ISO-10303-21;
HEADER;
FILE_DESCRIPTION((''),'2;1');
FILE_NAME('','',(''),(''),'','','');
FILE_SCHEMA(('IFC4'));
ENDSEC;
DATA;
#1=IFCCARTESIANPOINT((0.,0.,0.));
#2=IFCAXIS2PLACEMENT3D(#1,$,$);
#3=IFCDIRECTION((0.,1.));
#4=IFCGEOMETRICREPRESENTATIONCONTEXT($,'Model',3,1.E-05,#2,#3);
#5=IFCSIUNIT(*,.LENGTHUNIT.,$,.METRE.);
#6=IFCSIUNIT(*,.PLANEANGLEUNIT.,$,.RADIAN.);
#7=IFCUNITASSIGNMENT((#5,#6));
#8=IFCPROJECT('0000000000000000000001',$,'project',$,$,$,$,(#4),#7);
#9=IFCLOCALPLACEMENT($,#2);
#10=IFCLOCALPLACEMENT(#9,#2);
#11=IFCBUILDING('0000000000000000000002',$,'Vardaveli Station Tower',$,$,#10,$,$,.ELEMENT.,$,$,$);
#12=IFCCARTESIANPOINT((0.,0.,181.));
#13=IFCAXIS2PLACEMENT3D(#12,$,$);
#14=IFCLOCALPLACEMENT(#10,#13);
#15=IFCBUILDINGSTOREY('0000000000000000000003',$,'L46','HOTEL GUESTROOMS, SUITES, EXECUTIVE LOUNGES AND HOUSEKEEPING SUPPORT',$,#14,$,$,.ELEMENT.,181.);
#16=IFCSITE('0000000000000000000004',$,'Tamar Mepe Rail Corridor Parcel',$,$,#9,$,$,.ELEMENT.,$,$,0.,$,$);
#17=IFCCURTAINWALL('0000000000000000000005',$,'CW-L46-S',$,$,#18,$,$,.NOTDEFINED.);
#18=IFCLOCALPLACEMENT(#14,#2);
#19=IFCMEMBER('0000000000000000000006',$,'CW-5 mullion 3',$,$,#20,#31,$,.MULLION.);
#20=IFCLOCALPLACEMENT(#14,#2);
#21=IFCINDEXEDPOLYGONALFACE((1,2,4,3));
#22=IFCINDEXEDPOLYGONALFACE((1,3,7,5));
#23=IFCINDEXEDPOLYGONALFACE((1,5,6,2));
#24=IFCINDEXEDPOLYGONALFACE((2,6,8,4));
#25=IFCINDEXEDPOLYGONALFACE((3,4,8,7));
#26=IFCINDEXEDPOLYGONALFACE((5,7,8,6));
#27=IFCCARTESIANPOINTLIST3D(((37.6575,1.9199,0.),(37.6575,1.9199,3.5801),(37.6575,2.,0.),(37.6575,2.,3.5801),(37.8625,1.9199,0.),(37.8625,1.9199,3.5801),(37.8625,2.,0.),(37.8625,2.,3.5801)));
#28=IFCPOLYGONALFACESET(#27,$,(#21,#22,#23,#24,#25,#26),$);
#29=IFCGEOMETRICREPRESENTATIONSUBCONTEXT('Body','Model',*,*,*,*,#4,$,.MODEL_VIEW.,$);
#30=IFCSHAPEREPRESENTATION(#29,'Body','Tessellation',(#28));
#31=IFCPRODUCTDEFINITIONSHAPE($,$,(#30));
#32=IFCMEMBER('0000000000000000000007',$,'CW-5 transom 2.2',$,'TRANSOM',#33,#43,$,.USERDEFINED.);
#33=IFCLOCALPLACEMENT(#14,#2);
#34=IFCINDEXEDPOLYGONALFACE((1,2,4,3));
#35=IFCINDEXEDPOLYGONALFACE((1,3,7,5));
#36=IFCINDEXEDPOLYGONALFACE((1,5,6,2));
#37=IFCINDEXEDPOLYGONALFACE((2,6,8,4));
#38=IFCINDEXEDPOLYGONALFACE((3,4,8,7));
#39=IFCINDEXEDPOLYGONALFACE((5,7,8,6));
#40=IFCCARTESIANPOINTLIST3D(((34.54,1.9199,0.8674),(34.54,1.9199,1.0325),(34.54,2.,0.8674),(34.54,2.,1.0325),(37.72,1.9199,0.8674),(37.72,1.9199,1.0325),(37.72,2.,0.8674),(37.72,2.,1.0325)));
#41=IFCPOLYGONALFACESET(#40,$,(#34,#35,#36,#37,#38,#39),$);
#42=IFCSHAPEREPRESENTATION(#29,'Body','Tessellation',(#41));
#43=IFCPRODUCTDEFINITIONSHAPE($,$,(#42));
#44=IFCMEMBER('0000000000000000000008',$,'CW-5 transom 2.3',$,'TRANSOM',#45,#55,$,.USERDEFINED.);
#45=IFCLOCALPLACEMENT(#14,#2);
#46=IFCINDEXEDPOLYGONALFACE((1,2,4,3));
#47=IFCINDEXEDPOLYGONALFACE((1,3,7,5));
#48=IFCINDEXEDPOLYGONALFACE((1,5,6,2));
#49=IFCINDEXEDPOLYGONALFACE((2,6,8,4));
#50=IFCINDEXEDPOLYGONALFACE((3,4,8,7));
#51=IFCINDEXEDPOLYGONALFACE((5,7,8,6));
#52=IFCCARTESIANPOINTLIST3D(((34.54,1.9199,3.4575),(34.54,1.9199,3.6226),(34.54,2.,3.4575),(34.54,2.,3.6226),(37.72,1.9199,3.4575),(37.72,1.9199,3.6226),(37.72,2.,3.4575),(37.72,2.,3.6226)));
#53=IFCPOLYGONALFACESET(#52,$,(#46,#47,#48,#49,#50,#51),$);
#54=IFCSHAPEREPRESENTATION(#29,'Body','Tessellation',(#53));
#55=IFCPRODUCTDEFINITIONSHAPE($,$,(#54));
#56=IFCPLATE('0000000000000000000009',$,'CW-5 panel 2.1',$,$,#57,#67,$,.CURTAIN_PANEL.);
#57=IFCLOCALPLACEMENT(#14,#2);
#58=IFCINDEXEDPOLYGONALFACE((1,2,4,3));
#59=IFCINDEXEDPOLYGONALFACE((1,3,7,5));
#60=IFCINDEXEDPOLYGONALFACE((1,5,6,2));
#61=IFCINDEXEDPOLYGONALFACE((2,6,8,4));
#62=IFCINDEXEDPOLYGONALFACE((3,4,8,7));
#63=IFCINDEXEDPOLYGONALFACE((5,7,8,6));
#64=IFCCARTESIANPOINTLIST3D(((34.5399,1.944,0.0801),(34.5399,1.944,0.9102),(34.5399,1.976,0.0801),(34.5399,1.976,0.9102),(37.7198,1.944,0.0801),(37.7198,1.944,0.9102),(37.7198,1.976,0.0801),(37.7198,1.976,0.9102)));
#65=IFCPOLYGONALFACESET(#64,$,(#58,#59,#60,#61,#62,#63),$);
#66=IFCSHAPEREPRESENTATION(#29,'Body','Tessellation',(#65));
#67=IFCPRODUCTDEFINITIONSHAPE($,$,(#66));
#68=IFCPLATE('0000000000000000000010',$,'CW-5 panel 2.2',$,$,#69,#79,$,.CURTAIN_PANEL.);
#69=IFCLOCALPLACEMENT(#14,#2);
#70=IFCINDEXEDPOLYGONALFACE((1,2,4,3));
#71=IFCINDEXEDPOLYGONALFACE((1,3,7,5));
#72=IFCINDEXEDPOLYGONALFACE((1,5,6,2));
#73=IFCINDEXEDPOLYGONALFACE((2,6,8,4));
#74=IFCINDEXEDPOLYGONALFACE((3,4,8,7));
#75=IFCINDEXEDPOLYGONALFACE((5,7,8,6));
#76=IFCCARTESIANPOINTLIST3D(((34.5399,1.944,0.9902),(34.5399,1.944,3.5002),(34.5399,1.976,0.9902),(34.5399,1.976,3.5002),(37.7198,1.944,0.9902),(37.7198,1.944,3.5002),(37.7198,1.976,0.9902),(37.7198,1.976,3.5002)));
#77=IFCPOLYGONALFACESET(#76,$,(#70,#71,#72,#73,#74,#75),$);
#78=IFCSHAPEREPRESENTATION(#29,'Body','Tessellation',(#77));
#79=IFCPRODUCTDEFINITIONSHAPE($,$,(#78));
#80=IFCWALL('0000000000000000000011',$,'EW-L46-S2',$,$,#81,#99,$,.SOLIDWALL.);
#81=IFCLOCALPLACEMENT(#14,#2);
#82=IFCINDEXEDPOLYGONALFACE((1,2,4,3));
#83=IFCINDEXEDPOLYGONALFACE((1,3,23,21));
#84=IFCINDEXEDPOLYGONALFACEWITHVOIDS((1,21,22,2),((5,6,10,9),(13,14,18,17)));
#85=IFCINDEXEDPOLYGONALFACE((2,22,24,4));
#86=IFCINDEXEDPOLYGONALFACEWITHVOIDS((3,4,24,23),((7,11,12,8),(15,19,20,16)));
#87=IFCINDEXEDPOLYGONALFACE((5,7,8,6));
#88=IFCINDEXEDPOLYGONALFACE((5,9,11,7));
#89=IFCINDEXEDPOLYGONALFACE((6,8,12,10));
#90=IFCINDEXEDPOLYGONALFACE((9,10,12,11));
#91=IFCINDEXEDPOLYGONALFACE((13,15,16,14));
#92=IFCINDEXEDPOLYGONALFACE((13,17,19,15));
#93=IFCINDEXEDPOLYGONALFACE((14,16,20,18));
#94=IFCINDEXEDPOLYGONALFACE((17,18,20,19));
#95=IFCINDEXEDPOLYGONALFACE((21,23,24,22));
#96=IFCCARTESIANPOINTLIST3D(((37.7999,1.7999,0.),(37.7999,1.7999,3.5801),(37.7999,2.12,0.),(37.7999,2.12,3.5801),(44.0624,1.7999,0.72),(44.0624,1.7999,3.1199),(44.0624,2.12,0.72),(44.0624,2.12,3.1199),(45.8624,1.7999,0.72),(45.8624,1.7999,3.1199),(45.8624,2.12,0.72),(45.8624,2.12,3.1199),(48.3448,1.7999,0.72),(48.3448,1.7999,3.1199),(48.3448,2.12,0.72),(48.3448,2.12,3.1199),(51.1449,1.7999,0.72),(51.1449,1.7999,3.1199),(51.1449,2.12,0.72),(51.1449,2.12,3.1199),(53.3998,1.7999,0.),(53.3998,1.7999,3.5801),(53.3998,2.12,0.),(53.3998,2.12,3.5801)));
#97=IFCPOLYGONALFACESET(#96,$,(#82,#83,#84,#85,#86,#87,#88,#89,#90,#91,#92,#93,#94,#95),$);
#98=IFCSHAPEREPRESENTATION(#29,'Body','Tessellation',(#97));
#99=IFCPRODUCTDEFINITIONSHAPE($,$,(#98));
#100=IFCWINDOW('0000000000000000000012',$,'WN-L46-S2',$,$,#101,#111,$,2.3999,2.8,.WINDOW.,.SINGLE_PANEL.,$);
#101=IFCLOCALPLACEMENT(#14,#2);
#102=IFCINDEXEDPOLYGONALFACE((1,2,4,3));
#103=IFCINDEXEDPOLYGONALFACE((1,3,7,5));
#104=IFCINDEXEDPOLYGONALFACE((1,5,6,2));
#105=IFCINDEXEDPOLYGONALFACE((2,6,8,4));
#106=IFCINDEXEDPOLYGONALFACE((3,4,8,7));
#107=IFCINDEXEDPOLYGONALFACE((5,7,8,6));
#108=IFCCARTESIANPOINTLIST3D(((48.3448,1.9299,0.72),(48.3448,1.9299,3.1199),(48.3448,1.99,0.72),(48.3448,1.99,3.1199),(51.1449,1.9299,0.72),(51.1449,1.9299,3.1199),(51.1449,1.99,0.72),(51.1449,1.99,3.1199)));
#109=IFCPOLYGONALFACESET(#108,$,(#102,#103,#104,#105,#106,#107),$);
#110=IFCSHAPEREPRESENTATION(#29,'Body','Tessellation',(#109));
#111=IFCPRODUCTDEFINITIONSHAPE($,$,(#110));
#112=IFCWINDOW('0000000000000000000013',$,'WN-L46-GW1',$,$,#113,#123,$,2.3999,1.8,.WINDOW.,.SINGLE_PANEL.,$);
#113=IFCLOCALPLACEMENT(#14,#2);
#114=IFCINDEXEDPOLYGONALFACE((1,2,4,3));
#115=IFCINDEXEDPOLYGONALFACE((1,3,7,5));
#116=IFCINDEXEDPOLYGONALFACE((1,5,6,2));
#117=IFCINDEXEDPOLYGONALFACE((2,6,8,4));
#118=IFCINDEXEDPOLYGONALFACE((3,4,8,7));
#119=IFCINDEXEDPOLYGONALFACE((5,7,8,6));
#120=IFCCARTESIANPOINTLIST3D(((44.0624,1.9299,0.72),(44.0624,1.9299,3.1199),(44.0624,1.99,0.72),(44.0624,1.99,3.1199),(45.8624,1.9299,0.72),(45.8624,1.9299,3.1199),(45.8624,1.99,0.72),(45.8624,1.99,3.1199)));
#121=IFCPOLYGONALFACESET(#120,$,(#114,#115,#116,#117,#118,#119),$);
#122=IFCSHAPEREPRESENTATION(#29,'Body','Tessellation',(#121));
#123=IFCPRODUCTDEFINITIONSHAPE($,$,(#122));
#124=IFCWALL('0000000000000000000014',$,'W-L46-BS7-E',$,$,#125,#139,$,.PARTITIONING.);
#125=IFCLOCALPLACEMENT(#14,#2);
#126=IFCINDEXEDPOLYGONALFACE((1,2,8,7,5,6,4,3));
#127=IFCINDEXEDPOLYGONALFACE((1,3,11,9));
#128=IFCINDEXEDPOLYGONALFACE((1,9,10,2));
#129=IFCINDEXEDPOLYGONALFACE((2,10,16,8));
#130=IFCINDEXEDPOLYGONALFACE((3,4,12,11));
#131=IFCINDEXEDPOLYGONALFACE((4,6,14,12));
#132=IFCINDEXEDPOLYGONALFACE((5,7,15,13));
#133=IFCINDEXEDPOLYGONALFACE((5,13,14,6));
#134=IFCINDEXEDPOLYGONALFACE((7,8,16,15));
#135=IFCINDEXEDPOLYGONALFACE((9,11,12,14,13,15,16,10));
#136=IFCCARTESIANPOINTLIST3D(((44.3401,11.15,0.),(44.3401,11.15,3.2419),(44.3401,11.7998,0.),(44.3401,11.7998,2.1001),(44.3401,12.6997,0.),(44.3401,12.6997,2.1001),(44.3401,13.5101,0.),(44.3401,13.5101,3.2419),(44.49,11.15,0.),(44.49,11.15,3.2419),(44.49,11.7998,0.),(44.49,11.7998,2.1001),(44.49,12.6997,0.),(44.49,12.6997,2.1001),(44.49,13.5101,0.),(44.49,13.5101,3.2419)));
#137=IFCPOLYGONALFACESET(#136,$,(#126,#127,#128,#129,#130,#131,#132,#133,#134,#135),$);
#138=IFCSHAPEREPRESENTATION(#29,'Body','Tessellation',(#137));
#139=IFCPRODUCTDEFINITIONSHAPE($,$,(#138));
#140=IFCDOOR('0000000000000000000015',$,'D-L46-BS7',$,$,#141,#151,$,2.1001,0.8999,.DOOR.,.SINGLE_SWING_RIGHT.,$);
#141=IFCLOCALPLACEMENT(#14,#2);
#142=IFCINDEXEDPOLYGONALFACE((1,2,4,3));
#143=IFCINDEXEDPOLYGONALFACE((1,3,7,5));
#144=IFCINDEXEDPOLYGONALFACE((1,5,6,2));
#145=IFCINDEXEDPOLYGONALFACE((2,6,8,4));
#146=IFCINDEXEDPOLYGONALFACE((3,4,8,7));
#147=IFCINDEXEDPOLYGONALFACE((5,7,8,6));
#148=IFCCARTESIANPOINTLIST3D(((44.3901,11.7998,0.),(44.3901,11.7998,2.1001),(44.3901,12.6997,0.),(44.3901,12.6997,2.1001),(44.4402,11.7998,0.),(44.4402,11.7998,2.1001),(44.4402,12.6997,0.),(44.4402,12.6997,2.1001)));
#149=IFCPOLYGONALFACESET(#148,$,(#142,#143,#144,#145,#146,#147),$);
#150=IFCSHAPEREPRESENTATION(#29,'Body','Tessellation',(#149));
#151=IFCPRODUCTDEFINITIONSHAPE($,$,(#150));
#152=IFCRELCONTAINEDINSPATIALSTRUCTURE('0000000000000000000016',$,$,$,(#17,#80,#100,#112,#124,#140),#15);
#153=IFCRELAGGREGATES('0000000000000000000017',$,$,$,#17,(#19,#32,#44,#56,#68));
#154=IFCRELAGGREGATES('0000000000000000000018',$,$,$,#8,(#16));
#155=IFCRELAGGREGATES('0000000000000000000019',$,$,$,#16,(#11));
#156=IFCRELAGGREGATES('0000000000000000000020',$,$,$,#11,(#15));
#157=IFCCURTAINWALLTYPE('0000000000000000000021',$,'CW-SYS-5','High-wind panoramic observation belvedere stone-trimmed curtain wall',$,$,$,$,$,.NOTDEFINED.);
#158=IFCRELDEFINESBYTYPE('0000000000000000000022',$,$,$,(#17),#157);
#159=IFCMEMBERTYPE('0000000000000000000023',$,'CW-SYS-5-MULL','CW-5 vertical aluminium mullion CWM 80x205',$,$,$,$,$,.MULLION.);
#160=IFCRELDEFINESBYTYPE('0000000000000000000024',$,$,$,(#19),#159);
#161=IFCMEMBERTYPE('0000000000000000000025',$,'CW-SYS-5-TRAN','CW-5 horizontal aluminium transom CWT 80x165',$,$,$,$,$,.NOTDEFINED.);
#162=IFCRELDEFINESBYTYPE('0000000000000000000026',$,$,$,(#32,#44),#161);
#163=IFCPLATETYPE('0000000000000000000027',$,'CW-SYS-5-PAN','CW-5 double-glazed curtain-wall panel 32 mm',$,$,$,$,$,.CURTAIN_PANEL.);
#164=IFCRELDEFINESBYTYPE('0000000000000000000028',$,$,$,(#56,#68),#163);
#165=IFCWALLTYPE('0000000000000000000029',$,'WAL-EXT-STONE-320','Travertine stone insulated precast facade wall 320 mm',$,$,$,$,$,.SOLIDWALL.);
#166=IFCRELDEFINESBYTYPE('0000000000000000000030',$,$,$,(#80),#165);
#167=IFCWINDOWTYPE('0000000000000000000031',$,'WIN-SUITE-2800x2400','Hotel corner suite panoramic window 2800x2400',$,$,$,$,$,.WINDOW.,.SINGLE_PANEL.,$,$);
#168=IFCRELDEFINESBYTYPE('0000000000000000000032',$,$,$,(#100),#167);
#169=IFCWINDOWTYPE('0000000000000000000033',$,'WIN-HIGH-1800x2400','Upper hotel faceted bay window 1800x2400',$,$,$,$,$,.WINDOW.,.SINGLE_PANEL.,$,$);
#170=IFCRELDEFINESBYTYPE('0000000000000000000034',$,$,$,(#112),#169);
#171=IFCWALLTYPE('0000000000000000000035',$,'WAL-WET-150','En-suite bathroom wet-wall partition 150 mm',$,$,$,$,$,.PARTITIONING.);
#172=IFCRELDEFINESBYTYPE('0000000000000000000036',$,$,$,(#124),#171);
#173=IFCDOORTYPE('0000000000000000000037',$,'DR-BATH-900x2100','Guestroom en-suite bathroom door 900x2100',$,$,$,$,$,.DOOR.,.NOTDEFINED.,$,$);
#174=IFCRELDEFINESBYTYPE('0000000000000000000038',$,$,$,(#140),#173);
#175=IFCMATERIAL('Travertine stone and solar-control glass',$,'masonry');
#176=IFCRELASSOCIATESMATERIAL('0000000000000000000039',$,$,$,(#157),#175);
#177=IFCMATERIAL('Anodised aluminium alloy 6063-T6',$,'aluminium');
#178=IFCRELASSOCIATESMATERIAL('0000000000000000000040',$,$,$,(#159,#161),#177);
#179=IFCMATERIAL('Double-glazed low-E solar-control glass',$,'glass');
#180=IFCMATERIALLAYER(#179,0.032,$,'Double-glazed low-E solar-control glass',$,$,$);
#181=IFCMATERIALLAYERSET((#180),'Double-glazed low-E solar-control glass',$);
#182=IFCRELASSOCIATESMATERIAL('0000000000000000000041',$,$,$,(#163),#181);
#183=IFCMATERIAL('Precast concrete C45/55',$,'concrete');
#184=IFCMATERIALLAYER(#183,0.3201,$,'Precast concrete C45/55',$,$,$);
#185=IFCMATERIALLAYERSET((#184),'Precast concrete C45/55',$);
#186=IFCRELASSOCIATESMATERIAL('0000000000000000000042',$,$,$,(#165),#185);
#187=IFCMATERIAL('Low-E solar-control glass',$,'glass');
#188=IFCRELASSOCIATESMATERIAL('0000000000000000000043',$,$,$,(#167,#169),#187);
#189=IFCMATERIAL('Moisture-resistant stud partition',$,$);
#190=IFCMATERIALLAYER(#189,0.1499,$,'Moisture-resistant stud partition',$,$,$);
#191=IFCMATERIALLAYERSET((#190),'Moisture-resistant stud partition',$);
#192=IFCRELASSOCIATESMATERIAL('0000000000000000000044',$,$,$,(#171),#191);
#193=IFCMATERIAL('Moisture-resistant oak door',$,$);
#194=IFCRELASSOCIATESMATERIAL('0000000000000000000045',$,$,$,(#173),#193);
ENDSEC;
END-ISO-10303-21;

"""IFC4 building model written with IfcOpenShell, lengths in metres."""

from ifc_helpers import new_model, si_unit, direction, frame, frame_2d, origin, origin_2d, place, context, subcontext, project, spatial, rectangle, extrude, source, transform, mapped, material, layer, layer_set, material_profile, profile_set, type_object, element, fill, aggregate, save


model = new_model("IFC4")

# Units and contexts
model_context = context("Model", 3, precision=1e-05, world=origin(), true_north=direction((0.0, 1.0)))
body_context = subcontext(model_context, "Body", "Model", "MODEL_VIEW")
ifc_project = project(units=[si_unit("LENGTHUNIT", "METRE"), si_unit("PLANEANGLEUNIT", "RADIAN")], contexts=[model_context])

# Site, building, storey
site_placement = place(None, origin())
site = spatial("IfcSite", under=ifc_project, at=site_placement, Name="Tamar Mepe Rail Corridor Parcel", CompositionType="ELEMENT", RefElevation=0.0)
building_placement = place(site_placement, origin())
building = spatial("IfcBuilding", under=site, at=building_placement, Name="Vardaveli Station Tower", CompositionType="ELEMENT")
storey_placement = place(building_placement, frame((0.0, 0.0, 181.0)))
storey = spatial("IfcBuildingStorey", under=building, at=storey_placement, Name="L46", Description="HOTEL GUESTROOMS, SUITES, EXECUTIVE LOUNGES AND HOUSEKEEPING SUPPORT", CompositionType="ELEMENT", Elevation=181.0)

# Shared definitions
ifc_material_1 = material(Name="Precast concrete C45/55", Category="concrete")

# Curtain wall, members, plates
ifc_material_2 = material(Name="Travertine stone and solar-control glass", Category="masonry")
curtain_wall_type = type_object("IfcCurtainWallType", Name="CW-SYS-5", Description="High-wind panoramic observation belvedere stone-trimmed curtain wall", PredefinedType="NOTDEFINED", material=ifc_material_2)
curtain_wall_placement = place(storey_placement, origin())
curtain_wall = element("IfcCurtainWall", 1, at=curtain_wall_placement, inside=storey, type_object=curtain_wall_type, Name="CW-L46-S", PredefinedType="NOTDEFINED")
ifc_material_3 = material(Name="Anodised aluminium alloy 6063-T6", Category="aluminium")
ifc_material_profile_1 = material_profile(ifc_material_3, rectangle(XDim=0.0801, YDim=0.2051, at=origin_2d()), Name="CWM 80x205")
ifc_profile_set_1 = profile_set([ifc_material_profile_1], Name="Anodised aluminium alloy 6063-T6")
member_type_1 = type_object("IfcMemberType", Name="CW-SYS-5-MULL", Description="CW-5 vertical aluminium mullion CWM 80x205", PredefinedType="MULLION", material=ifc_profile_set_1)
shared_shape_1 = source(origin(), body_context, "Body", "SweptSolid", [
    extrude(rectangle(XDim=0.0801, YDim=0.2051, at=origin_2d()), origin(), (0.0, 0.0, 1.0), 3.5801),
])
member_1_placement = place(storey_placement, frame((37.76, 1.96, 0.0), z_axis=(0.0, 0.0, 1.0), x_axis=(0.0, 1.0, 0.0)))
member_1 = element("IfcMember", 2, at=member_1_placement, type_object=member_type_1, Name="CW-5 mullion 3", PredefinedType="MULLION", context=body_context, shape_type="MappedRepresentation", body=[
    mapped(shared_shape_1, transform((0.0, 0.0, 0.0), scale=1.0)),
])
ifc_material_profile_2 = material_profile(ifc_material_3, rectangle(XDim=0.0801, YDim=0.165, at=origin_2d()), Name="CWT 80x165")
ifc_profile_set_2 = profile_set([ifc_material_profile_2], Name="Anodised aluminium alloy 6063-T6")
member_type_2 = type_object("IfcMemberType", Name="CW-SYS-5-TRAN", Description="CW-5 horizontal aluminium transom CWT 80x165", PredefinedType="NOTDEFINED", material=ifc_profile_set_2)
shared_shape_2 = source(origin(), body_context, "Body", "SweptSolid", [
    extrude(rectangle(XDim=0.0801, YDim=0.165, at=origin_2d()), origin(), (0.0, 0.0, 1.0), 3.1799),
])
member_2_placement = place(storey_placement, frame((34.54, 1.96, 0.95), z_axis=(1.0, 0.0, 0.0), x_axis=(0.0, 1.0, 0.0)))
member_2 = element("IfcMember", 3, at=member_2_placement, type_object=member_type_2, Name="CW-5 transom 2.2", ObjectType="TRANSOM", PredefinedType="USERDEFINED", context=body_context, shape_type="MappedRepresentation", body=[
    mapped(shared_shape_2, transform((0.0, 0.0, 0.0), scale=1.0)),
])
member_3_placement = place(storey_placement, frame((34.54, 1.96, 3.54), z_axis=(1.0, 0.0, 0.0), x_axis=(0.0, 1.0, 0.0)))
member_3 = element("IfcMember", 4, at=member_3_placement, type_object=member_type_2, Name="CW-5 transom 2.3", ObjectType="TRANSOM", PredefinedType="USERDEFINED", context=body_context, shape_type="MappedRepresentation", body=[
    mapped(shared_shape_2, transform((0.0, 0.0, 0.0), scale=1.0)),
])
ifc_material_4 = material(Name="Double-glazed low-E solar-control glass", Category="glass")
ifc_layer_1 = layer(ifc_material_4, 0.032, Name="Double-glazed low-E solar-control glass")
ifc_layer_set_1 = layer_set([ifc_layer_1], Name="Double-glazed low-E solar-control glass")
plate_type = type_object("IfcPlateType", Name="CW-SYS-5-PAN", Description="CW-5 double-glazed curtain-wall panel 32 mm", PredefinedType="CURTAIN_PANEL", material=ifc_layer_set_1)
shared_shape_3 = source(origin(), body_context, "Body", "SweptSolid", [
    extrude(rectangle(XDim=3.1799, YDim=0.032, at=origin_2d()), origin(), (0.0, 0.0, 1.0), 0.8301),
])
plate_1_placement = place(storey_placement, frame((36.1299, 1.96, 0.0801), z_axis=(0.0, 0.0, 1.0), x_axis=(1.0, 0.0, 0.0)))
plate_1 = element("IfcPlate", 5, at=plate_1_placement, type_object=plate_type, Name="CW-5 panel 2.1", PredefinedType="CURTAIN_PANEL", context=body_context, shape_type="MappedRepresentation", body=[
    mapped(shared_shape_3, transform((0.0, 0.0, 0.0), scale=1.0)),
])
shared_shape_4 = source(origin(), body_context, "Body", "SweptSolid", [
    extrude(rectangle(XDim=3.1799, YDim=0.032, at=origin_2d()), origin(), (0.0, 0.0, 1.0), 2.51),
])
plate_2_placement = place(storey_placement, frame((36.1299, 1.96, 0.9902), z_axis=(0.0, 0.0, 1.0), x_axis=(1.0, 0.0, 0.0)))
plate_2 = element("IfcPlate", 6, at=plate_2_placement, type_object=plate_type, Name="CW-5 panel 2.2", PredefinedType="CURTAIN_PANEL", context=body_context, shape_type="MappedRepresentation", body=[
    mapped(shared_shape_4, transform((0.0, 0.0, 0.0), scale=1.0)),
])
aggregate(curtain_wall, [member_1, member_2, member_3, plate_1, plate_2])

# Wall, openings, windows
ifc_layer_2 = layer(ifc_material_1, 0.3201, Name="Precast concrete C45/55")
ifc_layer_set_2 = layer_set([ifc_layer_2], Name="Precast concrete C45/55")
wall_type_1 = type_object("IfcWallType", Name="WAL-EXT-STONE-320", Description="Travertine stone insulated precast facade wall 320 mm", PredefinedType="SOLIDWALL", material=ifc_layer_set_2)
shared_shape_5 = source(origin(), body_context, "Body", "SweptSolid", [
    extrude(rectangle(XDim=15.5999, YDim=0.3201, at=frame_2d((7.7998, 0.0))), origin(), (0.0, 0.0, 1.0), 3.5801),
])
wall_1_placement = place(storey_placement, frame((37.8, 1.96, 0.0), z_axis=(0.0, 0.0, 1.0), x_axis=(1.0, 0.0, 0.0)))
wall_1 = element("IfcWall", 7, at=wall_1_placement, inside=storey, type_object=wall_type_1, Name="EW-L46-S2", PredefinedType="SOLIDWALL", context=body_context, shape_type="MappedRepresentation", body=[
    mapped(shared_shape_5, transform((0.0, 0.0, 0.0), scale=1.0)),
])
shared_shape_6 = source(origin(), body_context, "Body", "SweptSolid", [
    extrude(rectangle(XDim=2.8, YDim=2.3999, at=frame_2d((1.3999, 1.2))), frame((0.0, 0.1699, 0.0), z_axis=(0.0, -1.0, 0.0), x_axis=(1.0, 0.0, 0.0)), (0.0, 0.0, 1.0), 0.3401),
])
opening_1_placement = place(wall_1_placement, frame((10.5449, 0.0, 0.72)))
opening_1 = element("IfcOpeningElement", 8, at=opening_1_placement, cuts=wall_1, PredefinedType="OPENING", context=body_context, shape_type="MappedRepresentation", body=[
    mapped(shared_shape_6, transform((0.0, 0.0, 0.0), scale=1.0)),
])
shared_shape_7 = source(origin(), body_context, "Body", "SweptSolid", [
    extrude(rectangle(XDim=1.8, YDim=2.3999, at=frame_2d((0.8999, 1.2))), frame((0.0, 0.1699, 0.0), z_axis=(0.0, -1.0, 0.0), x_axis=(1.0, 0.0, 0.0)), (0.0, 0.0, 1.0), 0.3401),
])
opening_2_placement = place(wall_1_placement, frame((6.2625, 0.0, 0.72)))
opening_2 = element("IfcOpeningElement", 9, at=opening_2_placement, cuts=wall_1, PredefinedType="OPENING", context=body_context, shape_type="MappedRepresentation", body=[
    mapped(shared_shape_7, transform((0.0, 0.0, 0.0), scale=1.0)),
])
ifc_material_5 = material(Name="Low-E solar-control glass", Category="glass")
window_type_1 = type_object("IfcWindowType", Name="WIN-SUITE-2800x2400", Description="Hotel corner suite panoramic window 2800x2400", PartitioningType="SINGLE_PANEL", PredefinedType="WINDOW", material=ifc_material_5)
shared_shape_8 = source(origin(), body_context, "Body", "SweptSolid", [
    extrude(rectangle(XDim=2.8, YDim=2.3999, at=frame_2d((1.3999, 1.2))), frame((0.0, 0.03, 0.0), z_axis=(0.0, -1.0, 0.0), x_axis=(1.0, 0.0, 0.0)), (0.0, 0.0, 1.0), 0.0601),
])
window_1_placement = place(opening_1_placement, origin())
window_1 = element("IfcWindow", 10, at=window_1_placement, inside=storey, type_object=window_type_1, Name="WN-L46-S2", OverallHeight=2.3999, OverallWidth=2.8, PartitioningType="SINGLE_PANEL", PredefinedType="WINDOW", context=body_context, shape_type="MappedRepresentation", body=[
    mapped(shared_shape_8, transform((0.0, 0.0, 0.0), scale=1.0)),
])
fill(opening_1, window_1)
window_type_2 = type_object("IfcWindowType", Name="WIN-HIGH-1800x2400", Description="Upper hotel faceted bay window 1800x2400", PartitioningType="SINGLE_PANEL", PredefinedType="WINDOW", material=ifc_material_5)
shared_shape_9 = source(origin(), body_context, "Body", "SweptSolid", [
    extrude(rectangle(XDim=1.8, YDim=2.3999, at=frame_2d((0.8999, 1.2))), frame((0.0, 0.03, 0.0), z_axis=(0.0, -1.0, 0.0), x_axis=(1.0, 0.0, 0.0)), (0.0, 0.0, 1.0), 0.0601),
])
window_2_placement = place(opening_2_placement, origin())
window_2 = element("IfcWindow", 11, at=window_2_placement, inside=storey, type_object=window_type_2, Name="WN-L46-GW1", OverallHeight=2.3999, OverallWidth=1.8, PartitioningType="SINGLE_PANEL", PredefinedType="WINDOW", context=body_context, shape_type="MappedRepresentation", body=[
    mapped(shared_shape_9, transform((0.0, 0.0, 0.0), scale=1.0)),
])
fill(opening_2, window_2)

# Wall, opening, door
ifc_material_6 = material(Name="Moisture-resistant stud partition")
ifc_layer_3 = layer(ifc_material_6, 0.1499, Name="Moisture-resistant stud partition")
ifc_layer_set_3 = layer_set([ifc_layer_3], Name="Moisture-resistant stud partition")
wall_type_2 = type_object("IfcWallType", Name="WAL-WET-150", Description="En-suite bathroom wet-wall partition 150 mm", PredefinedType="PARTITIONING", material=ifc_layer_set_3)
shared_shape_10 = source(origin(), body_context, "Body", "SweptSolid", [
    extrude(rectangle(XDim=2.3601, YDim=0.1499, at=frame_2d((1.1802, 0.0))), origin(), (0.0, 0.0, 1.0), 3.2419),
])
wall_2_placement = place(storey_placement, frame((44.415, 11.1499, 0.0), z_axis=(0.0, 0.0, 1.0), x_axis=(0.0, 1.0, 0.0)))
wall_2 = element("IfcWall", 12, at=wall_2_placement, inside=storey, type_object=wall_type_2, Name="W-L46-BS7-E", PredefinedType="PARTITIONING", context=body_context, shape_type="MappedRepresentation", body=[
    mapped(shared_shape_10, transform((0.0, 0.0, 0.0), scale=1.0)),
])
shared_shape_11 = source(origin(), body_context, "Body", "SweptSolid", [
    extrude(rectangle(XDim=0.8999, YDim=2.1001, at=frame_2d((0.45, 1.05))), frame((0.0, 0.085, 0.0), z_axis=(0.0, -1.0, 0.0), x_axis=(1.0, 0.0, 0.0)), (0.0, 0.0, 1.0), 0.1699),
])
opening_3_placement = place(wall_2_placement, frame((0.6499, 0.0, 0.0)))
opening_3 = element("IfcOpeningElement", 13, at=opening_3_placement, cuts=wall_2, PredefinedType="OPENING", context=body_context, shape_type="MappedRepresentation", body=[
    mapped(shared_shape_11, transform((0.0, 0.0, 0.0), scale=1.0)),
])
ifc_material_7 = material(Name="Moisture-resistant oak door")
door_type = type_object("IfcDoorType", Name="DR-BATH-900x2100", Description="Guestroom en-suite bathroom door 900x2100", OperationType="NOTDEFINED", PredefinedType="DOOR", material=ifc_material_7)
shared_shape_12 = source(origin(), body_context, "Body", "SweptSolid", [
    extrude(rectangle(XDim=0.8999, YDim=2.1001, at=frame_2d((0.45, 1.05))), frame((0.0, 0.0249, 0.0), z_axis=(0.0, -1.0, 0.0), x_axis=(1.0, 0.0, 0.0)), (0.0, 0.0, 1.0), 0.05),
])
door_placement = place(opening_3_placement, origin())
door = element("IfcDoor", 14, at=door_placement, inside=storey, type_object=door_type, Name="D-L46-BS7", OperationType="SINGLE_SWING_RIGHT", OverallHeight=2.1001, OverallWidth=0.8999, PredefinedType="DOOR", context=body_context, shape_type="MappedRepresentation", body=[
    mapped(shared_shape_12, transform((0.0, 0.0, 0.0), scale=1.0)),
])
fill(opening_3, door)

save(model, "model.ifc")
